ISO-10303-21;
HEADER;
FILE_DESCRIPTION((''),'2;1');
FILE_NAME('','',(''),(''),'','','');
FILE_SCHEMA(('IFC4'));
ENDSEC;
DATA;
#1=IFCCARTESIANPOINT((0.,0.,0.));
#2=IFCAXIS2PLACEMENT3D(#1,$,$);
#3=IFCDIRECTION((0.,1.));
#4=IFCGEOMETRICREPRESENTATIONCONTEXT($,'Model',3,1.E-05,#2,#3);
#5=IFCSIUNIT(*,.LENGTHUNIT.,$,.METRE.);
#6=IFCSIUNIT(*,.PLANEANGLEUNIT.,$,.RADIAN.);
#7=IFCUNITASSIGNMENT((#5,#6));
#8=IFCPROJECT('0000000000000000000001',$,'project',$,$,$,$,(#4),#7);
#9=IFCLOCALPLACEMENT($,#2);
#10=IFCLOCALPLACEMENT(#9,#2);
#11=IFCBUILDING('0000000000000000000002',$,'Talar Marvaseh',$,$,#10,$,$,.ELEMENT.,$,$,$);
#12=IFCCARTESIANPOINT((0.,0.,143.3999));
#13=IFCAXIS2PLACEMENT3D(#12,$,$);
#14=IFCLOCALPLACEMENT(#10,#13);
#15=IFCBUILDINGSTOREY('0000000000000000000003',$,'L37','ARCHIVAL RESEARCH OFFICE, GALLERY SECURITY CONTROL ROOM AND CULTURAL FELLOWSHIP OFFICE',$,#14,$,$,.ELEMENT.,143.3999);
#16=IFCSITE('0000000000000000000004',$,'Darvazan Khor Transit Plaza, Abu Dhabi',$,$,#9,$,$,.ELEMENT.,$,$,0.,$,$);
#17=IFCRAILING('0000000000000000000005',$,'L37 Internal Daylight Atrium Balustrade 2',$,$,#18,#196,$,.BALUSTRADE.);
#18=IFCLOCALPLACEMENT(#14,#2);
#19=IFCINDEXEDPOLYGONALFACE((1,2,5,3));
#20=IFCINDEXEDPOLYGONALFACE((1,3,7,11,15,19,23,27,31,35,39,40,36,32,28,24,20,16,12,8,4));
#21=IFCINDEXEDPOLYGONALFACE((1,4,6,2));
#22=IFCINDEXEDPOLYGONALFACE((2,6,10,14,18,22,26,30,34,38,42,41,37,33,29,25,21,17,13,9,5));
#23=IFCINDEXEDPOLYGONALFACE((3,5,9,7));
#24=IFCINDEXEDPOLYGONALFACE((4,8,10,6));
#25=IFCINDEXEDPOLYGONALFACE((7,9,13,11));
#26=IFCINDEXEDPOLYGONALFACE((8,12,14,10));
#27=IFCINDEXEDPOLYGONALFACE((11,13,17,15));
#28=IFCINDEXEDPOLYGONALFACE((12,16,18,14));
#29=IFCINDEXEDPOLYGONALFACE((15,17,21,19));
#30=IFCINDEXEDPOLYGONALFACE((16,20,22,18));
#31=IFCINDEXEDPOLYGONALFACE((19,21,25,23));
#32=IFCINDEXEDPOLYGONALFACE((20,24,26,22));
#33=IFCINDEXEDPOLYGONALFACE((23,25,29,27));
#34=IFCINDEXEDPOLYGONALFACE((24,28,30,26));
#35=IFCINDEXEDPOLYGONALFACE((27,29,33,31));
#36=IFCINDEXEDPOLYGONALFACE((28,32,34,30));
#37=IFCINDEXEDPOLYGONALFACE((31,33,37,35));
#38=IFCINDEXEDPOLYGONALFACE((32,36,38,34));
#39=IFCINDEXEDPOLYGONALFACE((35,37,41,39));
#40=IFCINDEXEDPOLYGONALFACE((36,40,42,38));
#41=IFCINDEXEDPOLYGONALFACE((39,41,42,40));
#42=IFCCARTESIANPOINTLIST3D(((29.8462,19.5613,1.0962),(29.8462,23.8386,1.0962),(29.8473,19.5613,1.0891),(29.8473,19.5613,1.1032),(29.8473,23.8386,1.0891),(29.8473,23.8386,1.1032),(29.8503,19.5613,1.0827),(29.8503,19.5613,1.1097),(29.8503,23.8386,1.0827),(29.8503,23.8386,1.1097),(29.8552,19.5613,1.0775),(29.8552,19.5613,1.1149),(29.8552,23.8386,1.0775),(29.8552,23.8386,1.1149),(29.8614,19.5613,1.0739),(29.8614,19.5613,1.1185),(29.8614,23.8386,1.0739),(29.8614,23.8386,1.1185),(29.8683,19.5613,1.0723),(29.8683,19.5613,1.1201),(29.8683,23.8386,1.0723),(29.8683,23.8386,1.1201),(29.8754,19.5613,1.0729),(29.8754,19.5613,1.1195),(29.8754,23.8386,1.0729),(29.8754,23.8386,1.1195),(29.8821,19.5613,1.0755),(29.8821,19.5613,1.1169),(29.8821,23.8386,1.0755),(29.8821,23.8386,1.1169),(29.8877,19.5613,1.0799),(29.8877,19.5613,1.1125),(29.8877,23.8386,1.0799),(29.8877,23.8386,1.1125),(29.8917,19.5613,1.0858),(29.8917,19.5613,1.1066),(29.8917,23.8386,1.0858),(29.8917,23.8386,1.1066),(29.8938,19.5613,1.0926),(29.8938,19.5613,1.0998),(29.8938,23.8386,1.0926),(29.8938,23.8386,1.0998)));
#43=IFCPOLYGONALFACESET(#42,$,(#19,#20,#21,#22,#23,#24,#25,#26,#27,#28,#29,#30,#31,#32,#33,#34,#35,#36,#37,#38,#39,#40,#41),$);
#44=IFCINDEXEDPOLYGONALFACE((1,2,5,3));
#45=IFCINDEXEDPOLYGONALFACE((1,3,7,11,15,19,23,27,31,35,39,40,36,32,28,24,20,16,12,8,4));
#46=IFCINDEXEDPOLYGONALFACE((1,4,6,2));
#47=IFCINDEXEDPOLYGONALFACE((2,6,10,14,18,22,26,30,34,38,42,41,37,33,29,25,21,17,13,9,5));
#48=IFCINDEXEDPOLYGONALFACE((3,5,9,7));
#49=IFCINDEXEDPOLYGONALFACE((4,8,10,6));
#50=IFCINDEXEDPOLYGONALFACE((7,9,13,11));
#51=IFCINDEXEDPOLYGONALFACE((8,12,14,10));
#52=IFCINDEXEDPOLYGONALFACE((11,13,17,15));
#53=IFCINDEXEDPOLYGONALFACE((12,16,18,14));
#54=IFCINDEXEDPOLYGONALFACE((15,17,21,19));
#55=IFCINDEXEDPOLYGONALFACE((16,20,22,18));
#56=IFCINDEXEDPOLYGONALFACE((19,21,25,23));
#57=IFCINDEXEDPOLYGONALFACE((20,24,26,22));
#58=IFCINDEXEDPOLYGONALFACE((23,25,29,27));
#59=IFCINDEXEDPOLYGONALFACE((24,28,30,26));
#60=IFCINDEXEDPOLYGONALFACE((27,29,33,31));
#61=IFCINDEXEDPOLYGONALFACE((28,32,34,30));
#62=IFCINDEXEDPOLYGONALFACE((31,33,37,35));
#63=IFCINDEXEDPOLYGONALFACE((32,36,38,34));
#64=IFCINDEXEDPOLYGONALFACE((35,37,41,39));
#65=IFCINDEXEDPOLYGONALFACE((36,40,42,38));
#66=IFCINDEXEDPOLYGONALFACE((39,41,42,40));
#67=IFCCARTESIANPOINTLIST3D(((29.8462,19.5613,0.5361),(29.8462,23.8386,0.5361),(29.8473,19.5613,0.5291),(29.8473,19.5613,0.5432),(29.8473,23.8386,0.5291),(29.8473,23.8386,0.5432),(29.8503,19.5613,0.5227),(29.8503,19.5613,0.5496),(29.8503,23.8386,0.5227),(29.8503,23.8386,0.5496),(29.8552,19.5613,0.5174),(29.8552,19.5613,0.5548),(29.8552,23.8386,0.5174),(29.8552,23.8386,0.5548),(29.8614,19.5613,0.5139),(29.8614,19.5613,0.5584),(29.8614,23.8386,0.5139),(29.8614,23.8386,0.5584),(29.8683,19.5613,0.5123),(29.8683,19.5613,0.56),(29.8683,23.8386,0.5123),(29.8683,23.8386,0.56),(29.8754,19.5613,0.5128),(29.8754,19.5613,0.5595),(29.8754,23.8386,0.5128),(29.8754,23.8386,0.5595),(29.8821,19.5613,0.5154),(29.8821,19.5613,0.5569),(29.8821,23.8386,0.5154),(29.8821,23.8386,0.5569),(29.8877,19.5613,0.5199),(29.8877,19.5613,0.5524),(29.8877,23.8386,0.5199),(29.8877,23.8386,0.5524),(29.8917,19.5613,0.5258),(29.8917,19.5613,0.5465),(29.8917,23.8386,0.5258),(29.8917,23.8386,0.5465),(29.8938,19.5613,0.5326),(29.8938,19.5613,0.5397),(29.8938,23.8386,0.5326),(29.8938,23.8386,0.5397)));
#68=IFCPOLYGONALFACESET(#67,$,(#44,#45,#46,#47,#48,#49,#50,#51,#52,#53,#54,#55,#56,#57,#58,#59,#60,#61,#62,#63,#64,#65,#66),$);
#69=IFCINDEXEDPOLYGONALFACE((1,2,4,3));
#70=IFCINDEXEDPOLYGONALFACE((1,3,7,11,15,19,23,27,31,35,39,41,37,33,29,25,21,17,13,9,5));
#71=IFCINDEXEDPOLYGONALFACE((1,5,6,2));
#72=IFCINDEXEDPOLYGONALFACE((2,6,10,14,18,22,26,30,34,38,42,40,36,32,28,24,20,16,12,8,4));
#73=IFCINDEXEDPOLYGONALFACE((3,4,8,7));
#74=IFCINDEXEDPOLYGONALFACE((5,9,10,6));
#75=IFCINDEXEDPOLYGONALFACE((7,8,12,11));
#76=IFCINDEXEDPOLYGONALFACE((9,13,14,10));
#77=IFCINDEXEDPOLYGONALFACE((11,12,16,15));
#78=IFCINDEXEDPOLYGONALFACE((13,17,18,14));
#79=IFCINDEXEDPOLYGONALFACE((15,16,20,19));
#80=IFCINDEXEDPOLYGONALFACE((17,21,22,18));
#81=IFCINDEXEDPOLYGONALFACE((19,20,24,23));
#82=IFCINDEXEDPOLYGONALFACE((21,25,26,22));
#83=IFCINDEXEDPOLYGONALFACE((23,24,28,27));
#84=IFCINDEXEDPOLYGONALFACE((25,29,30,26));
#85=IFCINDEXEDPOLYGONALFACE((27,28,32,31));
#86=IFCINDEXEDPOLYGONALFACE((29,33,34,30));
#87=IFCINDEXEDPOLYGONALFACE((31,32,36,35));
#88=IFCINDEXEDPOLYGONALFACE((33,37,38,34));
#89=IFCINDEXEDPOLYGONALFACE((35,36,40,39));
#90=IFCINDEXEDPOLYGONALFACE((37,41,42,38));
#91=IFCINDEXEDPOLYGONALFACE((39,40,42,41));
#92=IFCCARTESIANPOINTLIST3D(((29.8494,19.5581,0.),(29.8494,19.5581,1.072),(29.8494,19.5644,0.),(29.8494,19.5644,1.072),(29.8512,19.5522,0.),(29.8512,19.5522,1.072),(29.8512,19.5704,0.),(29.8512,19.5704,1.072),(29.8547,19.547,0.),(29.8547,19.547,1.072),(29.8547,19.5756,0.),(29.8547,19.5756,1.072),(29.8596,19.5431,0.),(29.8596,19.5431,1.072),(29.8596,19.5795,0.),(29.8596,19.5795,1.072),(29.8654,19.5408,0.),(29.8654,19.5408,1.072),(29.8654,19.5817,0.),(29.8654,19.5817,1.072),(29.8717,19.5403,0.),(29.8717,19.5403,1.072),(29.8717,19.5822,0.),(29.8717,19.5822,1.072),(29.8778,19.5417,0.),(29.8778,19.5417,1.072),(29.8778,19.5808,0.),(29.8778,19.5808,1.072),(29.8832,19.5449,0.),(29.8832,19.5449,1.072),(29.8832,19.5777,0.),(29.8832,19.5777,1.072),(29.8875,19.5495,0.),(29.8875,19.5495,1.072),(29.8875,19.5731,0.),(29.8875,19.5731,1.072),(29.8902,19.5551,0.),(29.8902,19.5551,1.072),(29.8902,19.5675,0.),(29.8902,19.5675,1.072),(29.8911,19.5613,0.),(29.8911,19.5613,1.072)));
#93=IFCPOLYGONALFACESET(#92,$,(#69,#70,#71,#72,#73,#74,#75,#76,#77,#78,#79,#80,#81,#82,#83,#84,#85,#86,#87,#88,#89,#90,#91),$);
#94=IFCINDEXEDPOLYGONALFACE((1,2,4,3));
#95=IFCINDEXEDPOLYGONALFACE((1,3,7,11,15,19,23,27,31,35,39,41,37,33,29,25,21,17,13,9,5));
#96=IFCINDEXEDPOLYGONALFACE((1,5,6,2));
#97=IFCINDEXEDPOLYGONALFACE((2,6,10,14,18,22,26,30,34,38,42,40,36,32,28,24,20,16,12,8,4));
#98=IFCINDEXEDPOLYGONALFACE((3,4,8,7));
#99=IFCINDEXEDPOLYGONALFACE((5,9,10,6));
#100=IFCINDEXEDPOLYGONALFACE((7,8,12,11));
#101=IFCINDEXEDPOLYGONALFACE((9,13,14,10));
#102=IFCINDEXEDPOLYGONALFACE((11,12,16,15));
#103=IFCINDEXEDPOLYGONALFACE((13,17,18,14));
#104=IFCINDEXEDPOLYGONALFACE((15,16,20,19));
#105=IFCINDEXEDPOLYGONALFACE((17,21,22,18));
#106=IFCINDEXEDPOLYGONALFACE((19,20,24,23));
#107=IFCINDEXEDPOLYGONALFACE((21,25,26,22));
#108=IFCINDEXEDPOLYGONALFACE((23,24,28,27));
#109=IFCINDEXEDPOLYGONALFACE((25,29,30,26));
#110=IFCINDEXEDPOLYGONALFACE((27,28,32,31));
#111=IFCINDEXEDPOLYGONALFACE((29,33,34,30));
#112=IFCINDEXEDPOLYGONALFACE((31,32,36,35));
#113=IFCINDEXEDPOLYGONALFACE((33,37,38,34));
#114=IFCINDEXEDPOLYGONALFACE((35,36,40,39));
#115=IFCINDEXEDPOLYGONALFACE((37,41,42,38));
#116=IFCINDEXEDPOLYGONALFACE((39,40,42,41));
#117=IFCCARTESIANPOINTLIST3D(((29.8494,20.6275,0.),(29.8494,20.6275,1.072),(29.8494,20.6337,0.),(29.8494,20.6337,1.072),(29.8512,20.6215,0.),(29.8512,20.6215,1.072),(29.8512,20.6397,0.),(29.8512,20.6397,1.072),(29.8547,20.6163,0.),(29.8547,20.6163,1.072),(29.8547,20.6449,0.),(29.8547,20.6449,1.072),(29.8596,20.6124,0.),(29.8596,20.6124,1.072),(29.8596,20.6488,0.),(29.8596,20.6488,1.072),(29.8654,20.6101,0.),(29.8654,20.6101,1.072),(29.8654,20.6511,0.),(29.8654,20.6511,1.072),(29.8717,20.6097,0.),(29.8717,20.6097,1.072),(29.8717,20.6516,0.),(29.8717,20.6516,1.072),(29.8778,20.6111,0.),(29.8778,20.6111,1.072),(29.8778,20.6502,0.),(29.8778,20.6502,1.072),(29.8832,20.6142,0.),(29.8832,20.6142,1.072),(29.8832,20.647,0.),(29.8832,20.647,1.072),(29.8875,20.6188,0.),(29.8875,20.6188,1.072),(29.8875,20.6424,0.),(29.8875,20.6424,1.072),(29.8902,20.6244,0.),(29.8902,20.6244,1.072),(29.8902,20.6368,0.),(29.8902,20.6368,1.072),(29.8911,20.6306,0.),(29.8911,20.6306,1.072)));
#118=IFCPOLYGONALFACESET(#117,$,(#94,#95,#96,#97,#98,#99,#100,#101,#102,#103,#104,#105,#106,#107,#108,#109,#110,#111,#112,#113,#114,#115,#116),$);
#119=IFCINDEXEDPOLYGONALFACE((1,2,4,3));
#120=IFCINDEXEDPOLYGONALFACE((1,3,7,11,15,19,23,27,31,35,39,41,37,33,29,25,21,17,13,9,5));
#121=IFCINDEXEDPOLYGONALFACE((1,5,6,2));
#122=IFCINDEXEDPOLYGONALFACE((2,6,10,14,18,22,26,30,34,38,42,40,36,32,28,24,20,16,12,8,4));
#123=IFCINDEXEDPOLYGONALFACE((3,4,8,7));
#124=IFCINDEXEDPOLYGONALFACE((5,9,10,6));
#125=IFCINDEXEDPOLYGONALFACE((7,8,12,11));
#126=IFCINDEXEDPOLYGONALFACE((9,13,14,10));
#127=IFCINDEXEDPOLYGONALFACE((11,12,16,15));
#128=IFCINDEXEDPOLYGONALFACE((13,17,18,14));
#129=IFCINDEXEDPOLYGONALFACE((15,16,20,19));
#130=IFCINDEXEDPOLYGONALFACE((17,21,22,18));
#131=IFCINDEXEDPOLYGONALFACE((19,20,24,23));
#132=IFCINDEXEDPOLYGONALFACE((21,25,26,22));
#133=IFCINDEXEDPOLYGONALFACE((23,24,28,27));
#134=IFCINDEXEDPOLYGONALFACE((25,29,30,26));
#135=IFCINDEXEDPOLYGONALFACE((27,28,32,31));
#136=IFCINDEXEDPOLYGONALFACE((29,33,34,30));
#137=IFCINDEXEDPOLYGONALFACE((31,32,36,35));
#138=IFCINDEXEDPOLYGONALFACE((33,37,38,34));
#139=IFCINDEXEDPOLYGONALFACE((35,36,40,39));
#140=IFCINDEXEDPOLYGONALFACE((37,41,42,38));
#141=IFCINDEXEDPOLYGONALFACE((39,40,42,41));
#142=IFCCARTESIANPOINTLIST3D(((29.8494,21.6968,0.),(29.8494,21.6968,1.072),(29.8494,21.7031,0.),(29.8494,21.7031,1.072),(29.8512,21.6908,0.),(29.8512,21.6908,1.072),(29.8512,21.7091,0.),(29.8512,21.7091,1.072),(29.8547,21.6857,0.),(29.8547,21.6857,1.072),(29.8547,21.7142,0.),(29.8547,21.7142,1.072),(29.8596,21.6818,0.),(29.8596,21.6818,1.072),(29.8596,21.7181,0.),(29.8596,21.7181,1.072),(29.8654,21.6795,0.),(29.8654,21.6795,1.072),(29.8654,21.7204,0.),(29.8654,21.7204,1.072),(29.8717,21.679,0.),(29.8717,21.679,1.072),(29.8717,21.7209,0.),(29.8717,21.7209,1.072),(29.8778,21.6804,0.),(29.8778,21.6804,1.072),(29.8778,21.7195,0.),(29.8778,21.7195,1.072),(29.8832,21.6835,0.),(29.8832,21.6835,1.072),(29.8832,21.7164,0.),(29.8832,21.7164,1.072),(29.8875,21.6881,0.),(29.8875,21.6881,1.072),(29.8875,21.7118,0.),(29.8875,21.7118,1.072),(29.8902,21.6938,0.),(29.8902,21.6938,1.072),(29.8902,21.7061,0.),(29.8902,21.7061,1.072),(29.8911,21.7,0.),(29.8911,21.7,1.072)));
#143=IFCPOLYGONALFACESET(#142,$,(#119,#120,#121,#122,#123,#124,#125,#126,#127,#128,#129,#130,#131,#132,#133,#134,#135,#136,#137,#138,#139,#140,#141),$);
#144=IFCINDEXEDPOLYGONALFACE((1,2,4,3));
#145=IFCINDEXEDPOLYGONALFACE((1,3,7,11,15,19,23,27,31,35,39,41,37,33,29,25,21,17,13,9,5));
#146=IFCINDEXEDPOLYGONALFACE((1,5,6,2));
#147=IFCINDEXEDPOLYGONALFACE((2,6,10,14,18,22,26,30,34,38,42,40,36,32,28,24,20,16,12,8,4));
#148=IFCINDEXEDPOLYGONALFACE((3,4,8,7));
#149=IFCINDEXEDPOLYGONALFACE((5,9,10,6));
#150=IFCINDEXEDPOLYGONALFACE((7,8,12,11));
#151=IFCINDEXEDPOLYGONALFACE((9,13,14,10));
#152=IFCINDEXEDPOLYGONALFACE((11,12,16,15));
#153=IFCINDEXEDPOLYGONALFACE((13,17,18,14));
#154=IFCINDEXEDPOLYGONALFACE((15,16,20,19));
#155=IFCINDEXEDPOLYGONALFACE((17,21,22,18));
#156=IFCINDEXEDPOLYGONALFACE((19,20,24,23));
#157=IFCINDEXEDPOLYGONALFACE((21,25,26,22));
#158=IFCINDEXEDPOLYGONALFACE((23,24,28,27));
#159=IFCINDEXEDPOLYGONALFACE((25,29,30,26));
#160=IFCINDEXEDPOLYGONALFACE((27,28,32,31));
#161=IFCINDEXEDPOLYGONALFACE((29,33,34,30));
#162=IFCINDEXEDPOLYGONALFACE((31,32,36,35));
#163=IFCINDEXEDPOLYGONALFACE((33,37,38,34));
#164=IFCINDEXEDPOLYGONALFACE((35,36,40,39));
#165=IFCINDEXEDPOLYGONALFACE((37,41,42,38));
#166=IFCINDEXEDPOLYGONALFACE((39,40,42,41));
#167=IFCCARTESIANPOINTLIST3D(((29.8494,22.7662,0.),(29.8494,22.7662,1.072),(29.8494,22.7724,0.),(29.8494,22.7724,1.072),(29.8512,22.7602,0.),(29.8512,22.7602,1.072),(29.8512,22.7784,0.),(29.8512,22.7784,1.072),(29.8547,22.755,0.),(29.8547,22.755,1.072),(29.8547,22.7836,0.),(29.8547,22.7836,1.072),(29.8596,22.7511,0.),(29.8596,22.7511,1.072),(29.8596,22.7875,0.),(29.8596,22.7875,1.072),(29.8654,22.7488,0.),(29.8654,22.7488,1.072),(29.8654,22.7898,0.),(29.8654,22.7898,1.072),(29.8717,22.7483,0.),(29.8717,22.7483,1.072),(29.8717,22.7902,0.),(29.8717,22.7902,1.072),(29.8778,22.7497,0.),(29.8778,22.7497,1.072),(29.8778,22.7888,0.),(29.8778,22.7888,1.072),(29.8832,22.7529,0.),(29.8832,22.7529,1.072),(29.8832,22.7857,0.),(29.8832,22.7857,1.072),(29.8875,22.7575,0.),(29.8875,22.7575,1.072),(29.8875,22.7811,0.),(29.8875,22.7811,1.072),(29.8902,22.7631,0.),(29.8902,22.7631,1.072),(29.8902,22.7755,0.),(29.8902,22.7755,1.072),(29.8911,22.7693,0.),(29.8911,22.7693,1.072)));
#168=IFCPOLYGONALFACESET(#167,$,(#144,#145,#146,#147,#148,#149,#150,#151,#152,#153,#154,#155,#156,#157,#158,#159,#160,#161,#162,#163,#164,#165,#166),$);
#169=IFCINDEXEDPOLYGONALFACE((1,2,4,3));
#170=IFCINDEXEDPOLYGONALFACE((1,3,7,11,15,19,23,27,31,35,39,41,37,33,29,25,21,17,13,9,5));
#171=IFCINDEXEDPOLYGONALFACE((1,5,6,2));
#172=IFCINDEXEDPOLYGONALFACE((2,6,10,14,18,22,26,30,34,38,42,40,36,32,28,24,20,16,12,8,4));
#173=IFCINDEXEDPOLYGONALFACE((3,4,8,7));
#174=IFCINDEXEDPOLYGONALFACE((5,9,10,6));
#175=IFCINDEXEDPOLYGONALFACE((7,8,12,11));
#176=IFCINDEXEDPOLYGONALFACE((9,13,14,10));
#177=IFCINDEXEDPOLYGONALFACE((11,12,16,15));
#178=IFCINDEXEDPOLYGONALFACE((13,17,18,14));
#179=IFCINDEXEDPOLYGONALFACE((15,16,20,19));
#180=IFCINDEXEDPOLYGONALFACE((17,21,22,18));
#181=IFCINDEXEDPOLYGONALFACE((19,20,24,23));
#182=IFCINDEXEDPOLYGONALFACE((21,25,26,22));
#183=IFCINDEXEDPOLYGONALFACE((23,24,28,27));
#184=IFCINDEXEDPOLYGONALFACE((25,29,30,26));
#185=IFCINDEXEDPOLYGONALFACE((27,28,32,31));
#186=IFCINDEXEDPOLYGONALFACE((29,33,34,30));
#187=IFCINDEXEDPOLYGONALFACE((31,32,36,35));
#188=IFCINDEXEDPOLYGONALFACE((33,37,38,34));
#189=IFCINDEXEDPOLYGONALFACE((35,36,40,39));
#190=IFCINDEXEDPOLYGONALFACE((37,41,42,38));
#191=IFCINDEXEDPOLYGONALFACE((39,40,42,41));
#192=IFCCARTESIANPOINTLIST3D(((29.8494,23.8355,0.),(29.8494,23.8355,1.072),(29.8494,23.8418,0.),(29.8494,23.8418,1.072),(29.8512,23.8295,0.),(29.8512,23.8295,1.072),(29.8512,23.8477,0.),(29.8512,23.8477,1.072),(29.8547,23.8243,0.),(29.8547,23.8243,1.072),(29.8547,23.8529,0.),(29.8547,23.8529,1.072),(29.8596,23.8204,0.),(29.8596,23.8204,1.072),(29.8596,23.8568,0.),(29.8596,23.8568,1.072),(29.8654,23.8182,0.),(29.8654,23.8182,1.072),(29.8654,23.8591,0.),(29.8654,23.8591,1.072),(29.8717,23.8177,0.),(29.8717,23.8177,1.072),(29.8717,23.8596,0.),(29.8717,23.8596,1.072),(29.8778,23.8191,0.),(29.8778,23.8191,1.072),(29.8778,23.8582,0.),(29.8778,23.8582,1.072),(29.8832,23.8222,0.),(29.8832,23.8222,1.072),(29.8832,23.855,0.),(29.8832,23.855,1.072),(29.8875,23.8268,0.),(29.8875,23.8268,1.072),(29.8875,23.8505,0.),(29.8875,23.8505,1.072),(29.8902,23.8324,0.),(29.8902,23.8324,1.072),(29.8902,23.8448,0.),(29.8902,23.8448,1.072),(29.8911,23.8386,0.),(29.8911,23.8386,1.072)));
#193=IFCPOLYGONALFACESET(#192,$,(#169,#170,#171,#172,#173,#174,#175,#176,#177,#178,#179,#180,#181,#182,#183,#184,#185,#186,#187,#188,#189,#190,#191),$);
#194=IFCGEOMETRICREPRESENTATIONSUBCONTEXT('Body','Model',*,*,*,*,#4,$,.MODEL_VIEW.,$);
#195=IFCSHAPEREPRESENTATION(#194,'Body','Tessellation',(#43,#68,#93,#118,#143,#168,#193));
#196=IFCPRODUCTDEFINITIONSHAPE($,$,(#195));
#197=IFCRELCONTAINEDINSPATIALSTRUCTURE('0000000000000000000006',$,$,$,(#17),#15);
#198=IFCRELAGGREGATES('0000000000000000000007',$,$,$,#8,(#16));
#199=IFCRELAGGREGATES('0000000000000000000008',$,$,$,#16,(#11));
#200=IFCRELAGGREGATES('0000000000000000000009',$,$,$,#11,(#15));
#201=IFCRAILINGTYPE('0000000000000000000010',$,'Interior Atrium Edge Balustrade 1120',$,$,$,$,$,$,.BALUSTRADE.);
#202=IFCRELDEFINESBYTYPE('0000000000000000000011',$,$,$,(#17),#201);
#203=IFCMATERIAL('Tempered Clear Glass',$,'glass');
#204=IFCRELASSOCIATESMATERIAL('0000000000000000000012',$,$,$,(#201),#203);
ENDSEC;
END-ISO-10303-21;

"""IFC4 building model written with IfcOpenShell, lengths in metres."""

from ifc_helpers import new_model, si_unit, direction, frame, origin, origin_2d, place, context, subcontext, project, spatial, circle, extrude, material, type_object, element, save


model = new_model("IFC4")

# Units and contexts
model_context = context("Model", 3, precision=1e-05, world=origin(), true_north=direction((0.0, 1.0)))
body_context = subcontext(model_context, "Body", "Model", "MODEL_VIEW")
ifc_project = project(units=[si_unit("LENGTHUNIT", "METRE"), si_unit("PLANEANGLEUNIT", "RADIAN")], contexts=[model_context])

# Site, building, storey
site_placement = place(None, origin())
site = spatial("IfcSite", under=ifc_project, at=site_placement, Name="Darvazan Khor Transit Plaza, Abu Dhabi", CompositionType="ELEMENT", RefElevation=0.0)
building_placement = place(site_placement, origin())
building = spatial("IfcBuilding", under=site, at=building_placement, Name="Talar Marvaseh", CompositionType="ELEMENT")
storey_placement = place(building_placement, frame((0.0, 0.0, 143.3999)))
storey = spatial("IfcBuildingStorey", under=building, at=storey_placement, Name="L37", Description="ARCHIVAL RESEARCH OFFICE, GALLERY SECURITY CONTROL ROOM AND CULTURAL FELLOWSHIP OFFICE", CompositionType="ELEMENT", Elevation=143.3999)

# Railing
ifc_material_1 = material(Name="Tempered Clear Glass", Category="glass")
railing_type_1 = type_object("IfcRailingType", Name="Interior Atrium Edge Balustrade 1120", PredefinedType="BALUSTRADE", material=ifc_material_1)
railing_1_placement = place(storey_placement, frame((29.8701, 19.5613, 0.0)))
element("IfcRailing", 1, at=railing_1_placement, inside=storey, type_object=railing_type_1, Name="L37 Internal Daylight Atrium Balustrade 2", PredefinedType="BALUSTRADE", context=body_context, shape_type="SweptSolid", body=[
    extrude(circle(Radius=0.0239, at=origin_2d()), frame((0.0, 0.0, 1.0962), z_axis=(0.0, 1.0, 0.0), x_axis=(-1.0, 0.0, 0.0)), (0.0, 0.0, 1.0), 4.2773),
    extrude(circle(Radius=0.0239, at=origin_2d()), frame((0.0, 0.0, 0.5361), z_axis=(0.0, 1.0, 0.0), x_axis=(-1.0, 0.0, 0.0)), (0.0, 0.0, 1.0), 4.2773),
    extrude(circle(Radius=0.021, at=origin_2d()), origin(), (0.0, 0.0, 1.0), 1.072),
    extrude(circle(Radius=0.021, at=origin_2d()), frame((0.0, 1.0693, 0.0)), (0.0, 0.0, 1.0), 1.072),
    extrude(circle(Radius=0.021, at=origin_2d()), frame((0.0, 2.1387, 0.0)), (0.0, 0.0, 1.0), 1.072),
    extrude(circle(Radius=0.021, at=origin_2d()), frame((0.0, 3.208, 0.0)), (0.0, 0.0, 1.0), 1.072),
    extrude(circle(Radius=0.021, at=origin_2d()), frame((0.0, 4.2773, 0.0)), (0.0, 0.0, 1.0), 1.072),
])

save(model, "model.ifc")
